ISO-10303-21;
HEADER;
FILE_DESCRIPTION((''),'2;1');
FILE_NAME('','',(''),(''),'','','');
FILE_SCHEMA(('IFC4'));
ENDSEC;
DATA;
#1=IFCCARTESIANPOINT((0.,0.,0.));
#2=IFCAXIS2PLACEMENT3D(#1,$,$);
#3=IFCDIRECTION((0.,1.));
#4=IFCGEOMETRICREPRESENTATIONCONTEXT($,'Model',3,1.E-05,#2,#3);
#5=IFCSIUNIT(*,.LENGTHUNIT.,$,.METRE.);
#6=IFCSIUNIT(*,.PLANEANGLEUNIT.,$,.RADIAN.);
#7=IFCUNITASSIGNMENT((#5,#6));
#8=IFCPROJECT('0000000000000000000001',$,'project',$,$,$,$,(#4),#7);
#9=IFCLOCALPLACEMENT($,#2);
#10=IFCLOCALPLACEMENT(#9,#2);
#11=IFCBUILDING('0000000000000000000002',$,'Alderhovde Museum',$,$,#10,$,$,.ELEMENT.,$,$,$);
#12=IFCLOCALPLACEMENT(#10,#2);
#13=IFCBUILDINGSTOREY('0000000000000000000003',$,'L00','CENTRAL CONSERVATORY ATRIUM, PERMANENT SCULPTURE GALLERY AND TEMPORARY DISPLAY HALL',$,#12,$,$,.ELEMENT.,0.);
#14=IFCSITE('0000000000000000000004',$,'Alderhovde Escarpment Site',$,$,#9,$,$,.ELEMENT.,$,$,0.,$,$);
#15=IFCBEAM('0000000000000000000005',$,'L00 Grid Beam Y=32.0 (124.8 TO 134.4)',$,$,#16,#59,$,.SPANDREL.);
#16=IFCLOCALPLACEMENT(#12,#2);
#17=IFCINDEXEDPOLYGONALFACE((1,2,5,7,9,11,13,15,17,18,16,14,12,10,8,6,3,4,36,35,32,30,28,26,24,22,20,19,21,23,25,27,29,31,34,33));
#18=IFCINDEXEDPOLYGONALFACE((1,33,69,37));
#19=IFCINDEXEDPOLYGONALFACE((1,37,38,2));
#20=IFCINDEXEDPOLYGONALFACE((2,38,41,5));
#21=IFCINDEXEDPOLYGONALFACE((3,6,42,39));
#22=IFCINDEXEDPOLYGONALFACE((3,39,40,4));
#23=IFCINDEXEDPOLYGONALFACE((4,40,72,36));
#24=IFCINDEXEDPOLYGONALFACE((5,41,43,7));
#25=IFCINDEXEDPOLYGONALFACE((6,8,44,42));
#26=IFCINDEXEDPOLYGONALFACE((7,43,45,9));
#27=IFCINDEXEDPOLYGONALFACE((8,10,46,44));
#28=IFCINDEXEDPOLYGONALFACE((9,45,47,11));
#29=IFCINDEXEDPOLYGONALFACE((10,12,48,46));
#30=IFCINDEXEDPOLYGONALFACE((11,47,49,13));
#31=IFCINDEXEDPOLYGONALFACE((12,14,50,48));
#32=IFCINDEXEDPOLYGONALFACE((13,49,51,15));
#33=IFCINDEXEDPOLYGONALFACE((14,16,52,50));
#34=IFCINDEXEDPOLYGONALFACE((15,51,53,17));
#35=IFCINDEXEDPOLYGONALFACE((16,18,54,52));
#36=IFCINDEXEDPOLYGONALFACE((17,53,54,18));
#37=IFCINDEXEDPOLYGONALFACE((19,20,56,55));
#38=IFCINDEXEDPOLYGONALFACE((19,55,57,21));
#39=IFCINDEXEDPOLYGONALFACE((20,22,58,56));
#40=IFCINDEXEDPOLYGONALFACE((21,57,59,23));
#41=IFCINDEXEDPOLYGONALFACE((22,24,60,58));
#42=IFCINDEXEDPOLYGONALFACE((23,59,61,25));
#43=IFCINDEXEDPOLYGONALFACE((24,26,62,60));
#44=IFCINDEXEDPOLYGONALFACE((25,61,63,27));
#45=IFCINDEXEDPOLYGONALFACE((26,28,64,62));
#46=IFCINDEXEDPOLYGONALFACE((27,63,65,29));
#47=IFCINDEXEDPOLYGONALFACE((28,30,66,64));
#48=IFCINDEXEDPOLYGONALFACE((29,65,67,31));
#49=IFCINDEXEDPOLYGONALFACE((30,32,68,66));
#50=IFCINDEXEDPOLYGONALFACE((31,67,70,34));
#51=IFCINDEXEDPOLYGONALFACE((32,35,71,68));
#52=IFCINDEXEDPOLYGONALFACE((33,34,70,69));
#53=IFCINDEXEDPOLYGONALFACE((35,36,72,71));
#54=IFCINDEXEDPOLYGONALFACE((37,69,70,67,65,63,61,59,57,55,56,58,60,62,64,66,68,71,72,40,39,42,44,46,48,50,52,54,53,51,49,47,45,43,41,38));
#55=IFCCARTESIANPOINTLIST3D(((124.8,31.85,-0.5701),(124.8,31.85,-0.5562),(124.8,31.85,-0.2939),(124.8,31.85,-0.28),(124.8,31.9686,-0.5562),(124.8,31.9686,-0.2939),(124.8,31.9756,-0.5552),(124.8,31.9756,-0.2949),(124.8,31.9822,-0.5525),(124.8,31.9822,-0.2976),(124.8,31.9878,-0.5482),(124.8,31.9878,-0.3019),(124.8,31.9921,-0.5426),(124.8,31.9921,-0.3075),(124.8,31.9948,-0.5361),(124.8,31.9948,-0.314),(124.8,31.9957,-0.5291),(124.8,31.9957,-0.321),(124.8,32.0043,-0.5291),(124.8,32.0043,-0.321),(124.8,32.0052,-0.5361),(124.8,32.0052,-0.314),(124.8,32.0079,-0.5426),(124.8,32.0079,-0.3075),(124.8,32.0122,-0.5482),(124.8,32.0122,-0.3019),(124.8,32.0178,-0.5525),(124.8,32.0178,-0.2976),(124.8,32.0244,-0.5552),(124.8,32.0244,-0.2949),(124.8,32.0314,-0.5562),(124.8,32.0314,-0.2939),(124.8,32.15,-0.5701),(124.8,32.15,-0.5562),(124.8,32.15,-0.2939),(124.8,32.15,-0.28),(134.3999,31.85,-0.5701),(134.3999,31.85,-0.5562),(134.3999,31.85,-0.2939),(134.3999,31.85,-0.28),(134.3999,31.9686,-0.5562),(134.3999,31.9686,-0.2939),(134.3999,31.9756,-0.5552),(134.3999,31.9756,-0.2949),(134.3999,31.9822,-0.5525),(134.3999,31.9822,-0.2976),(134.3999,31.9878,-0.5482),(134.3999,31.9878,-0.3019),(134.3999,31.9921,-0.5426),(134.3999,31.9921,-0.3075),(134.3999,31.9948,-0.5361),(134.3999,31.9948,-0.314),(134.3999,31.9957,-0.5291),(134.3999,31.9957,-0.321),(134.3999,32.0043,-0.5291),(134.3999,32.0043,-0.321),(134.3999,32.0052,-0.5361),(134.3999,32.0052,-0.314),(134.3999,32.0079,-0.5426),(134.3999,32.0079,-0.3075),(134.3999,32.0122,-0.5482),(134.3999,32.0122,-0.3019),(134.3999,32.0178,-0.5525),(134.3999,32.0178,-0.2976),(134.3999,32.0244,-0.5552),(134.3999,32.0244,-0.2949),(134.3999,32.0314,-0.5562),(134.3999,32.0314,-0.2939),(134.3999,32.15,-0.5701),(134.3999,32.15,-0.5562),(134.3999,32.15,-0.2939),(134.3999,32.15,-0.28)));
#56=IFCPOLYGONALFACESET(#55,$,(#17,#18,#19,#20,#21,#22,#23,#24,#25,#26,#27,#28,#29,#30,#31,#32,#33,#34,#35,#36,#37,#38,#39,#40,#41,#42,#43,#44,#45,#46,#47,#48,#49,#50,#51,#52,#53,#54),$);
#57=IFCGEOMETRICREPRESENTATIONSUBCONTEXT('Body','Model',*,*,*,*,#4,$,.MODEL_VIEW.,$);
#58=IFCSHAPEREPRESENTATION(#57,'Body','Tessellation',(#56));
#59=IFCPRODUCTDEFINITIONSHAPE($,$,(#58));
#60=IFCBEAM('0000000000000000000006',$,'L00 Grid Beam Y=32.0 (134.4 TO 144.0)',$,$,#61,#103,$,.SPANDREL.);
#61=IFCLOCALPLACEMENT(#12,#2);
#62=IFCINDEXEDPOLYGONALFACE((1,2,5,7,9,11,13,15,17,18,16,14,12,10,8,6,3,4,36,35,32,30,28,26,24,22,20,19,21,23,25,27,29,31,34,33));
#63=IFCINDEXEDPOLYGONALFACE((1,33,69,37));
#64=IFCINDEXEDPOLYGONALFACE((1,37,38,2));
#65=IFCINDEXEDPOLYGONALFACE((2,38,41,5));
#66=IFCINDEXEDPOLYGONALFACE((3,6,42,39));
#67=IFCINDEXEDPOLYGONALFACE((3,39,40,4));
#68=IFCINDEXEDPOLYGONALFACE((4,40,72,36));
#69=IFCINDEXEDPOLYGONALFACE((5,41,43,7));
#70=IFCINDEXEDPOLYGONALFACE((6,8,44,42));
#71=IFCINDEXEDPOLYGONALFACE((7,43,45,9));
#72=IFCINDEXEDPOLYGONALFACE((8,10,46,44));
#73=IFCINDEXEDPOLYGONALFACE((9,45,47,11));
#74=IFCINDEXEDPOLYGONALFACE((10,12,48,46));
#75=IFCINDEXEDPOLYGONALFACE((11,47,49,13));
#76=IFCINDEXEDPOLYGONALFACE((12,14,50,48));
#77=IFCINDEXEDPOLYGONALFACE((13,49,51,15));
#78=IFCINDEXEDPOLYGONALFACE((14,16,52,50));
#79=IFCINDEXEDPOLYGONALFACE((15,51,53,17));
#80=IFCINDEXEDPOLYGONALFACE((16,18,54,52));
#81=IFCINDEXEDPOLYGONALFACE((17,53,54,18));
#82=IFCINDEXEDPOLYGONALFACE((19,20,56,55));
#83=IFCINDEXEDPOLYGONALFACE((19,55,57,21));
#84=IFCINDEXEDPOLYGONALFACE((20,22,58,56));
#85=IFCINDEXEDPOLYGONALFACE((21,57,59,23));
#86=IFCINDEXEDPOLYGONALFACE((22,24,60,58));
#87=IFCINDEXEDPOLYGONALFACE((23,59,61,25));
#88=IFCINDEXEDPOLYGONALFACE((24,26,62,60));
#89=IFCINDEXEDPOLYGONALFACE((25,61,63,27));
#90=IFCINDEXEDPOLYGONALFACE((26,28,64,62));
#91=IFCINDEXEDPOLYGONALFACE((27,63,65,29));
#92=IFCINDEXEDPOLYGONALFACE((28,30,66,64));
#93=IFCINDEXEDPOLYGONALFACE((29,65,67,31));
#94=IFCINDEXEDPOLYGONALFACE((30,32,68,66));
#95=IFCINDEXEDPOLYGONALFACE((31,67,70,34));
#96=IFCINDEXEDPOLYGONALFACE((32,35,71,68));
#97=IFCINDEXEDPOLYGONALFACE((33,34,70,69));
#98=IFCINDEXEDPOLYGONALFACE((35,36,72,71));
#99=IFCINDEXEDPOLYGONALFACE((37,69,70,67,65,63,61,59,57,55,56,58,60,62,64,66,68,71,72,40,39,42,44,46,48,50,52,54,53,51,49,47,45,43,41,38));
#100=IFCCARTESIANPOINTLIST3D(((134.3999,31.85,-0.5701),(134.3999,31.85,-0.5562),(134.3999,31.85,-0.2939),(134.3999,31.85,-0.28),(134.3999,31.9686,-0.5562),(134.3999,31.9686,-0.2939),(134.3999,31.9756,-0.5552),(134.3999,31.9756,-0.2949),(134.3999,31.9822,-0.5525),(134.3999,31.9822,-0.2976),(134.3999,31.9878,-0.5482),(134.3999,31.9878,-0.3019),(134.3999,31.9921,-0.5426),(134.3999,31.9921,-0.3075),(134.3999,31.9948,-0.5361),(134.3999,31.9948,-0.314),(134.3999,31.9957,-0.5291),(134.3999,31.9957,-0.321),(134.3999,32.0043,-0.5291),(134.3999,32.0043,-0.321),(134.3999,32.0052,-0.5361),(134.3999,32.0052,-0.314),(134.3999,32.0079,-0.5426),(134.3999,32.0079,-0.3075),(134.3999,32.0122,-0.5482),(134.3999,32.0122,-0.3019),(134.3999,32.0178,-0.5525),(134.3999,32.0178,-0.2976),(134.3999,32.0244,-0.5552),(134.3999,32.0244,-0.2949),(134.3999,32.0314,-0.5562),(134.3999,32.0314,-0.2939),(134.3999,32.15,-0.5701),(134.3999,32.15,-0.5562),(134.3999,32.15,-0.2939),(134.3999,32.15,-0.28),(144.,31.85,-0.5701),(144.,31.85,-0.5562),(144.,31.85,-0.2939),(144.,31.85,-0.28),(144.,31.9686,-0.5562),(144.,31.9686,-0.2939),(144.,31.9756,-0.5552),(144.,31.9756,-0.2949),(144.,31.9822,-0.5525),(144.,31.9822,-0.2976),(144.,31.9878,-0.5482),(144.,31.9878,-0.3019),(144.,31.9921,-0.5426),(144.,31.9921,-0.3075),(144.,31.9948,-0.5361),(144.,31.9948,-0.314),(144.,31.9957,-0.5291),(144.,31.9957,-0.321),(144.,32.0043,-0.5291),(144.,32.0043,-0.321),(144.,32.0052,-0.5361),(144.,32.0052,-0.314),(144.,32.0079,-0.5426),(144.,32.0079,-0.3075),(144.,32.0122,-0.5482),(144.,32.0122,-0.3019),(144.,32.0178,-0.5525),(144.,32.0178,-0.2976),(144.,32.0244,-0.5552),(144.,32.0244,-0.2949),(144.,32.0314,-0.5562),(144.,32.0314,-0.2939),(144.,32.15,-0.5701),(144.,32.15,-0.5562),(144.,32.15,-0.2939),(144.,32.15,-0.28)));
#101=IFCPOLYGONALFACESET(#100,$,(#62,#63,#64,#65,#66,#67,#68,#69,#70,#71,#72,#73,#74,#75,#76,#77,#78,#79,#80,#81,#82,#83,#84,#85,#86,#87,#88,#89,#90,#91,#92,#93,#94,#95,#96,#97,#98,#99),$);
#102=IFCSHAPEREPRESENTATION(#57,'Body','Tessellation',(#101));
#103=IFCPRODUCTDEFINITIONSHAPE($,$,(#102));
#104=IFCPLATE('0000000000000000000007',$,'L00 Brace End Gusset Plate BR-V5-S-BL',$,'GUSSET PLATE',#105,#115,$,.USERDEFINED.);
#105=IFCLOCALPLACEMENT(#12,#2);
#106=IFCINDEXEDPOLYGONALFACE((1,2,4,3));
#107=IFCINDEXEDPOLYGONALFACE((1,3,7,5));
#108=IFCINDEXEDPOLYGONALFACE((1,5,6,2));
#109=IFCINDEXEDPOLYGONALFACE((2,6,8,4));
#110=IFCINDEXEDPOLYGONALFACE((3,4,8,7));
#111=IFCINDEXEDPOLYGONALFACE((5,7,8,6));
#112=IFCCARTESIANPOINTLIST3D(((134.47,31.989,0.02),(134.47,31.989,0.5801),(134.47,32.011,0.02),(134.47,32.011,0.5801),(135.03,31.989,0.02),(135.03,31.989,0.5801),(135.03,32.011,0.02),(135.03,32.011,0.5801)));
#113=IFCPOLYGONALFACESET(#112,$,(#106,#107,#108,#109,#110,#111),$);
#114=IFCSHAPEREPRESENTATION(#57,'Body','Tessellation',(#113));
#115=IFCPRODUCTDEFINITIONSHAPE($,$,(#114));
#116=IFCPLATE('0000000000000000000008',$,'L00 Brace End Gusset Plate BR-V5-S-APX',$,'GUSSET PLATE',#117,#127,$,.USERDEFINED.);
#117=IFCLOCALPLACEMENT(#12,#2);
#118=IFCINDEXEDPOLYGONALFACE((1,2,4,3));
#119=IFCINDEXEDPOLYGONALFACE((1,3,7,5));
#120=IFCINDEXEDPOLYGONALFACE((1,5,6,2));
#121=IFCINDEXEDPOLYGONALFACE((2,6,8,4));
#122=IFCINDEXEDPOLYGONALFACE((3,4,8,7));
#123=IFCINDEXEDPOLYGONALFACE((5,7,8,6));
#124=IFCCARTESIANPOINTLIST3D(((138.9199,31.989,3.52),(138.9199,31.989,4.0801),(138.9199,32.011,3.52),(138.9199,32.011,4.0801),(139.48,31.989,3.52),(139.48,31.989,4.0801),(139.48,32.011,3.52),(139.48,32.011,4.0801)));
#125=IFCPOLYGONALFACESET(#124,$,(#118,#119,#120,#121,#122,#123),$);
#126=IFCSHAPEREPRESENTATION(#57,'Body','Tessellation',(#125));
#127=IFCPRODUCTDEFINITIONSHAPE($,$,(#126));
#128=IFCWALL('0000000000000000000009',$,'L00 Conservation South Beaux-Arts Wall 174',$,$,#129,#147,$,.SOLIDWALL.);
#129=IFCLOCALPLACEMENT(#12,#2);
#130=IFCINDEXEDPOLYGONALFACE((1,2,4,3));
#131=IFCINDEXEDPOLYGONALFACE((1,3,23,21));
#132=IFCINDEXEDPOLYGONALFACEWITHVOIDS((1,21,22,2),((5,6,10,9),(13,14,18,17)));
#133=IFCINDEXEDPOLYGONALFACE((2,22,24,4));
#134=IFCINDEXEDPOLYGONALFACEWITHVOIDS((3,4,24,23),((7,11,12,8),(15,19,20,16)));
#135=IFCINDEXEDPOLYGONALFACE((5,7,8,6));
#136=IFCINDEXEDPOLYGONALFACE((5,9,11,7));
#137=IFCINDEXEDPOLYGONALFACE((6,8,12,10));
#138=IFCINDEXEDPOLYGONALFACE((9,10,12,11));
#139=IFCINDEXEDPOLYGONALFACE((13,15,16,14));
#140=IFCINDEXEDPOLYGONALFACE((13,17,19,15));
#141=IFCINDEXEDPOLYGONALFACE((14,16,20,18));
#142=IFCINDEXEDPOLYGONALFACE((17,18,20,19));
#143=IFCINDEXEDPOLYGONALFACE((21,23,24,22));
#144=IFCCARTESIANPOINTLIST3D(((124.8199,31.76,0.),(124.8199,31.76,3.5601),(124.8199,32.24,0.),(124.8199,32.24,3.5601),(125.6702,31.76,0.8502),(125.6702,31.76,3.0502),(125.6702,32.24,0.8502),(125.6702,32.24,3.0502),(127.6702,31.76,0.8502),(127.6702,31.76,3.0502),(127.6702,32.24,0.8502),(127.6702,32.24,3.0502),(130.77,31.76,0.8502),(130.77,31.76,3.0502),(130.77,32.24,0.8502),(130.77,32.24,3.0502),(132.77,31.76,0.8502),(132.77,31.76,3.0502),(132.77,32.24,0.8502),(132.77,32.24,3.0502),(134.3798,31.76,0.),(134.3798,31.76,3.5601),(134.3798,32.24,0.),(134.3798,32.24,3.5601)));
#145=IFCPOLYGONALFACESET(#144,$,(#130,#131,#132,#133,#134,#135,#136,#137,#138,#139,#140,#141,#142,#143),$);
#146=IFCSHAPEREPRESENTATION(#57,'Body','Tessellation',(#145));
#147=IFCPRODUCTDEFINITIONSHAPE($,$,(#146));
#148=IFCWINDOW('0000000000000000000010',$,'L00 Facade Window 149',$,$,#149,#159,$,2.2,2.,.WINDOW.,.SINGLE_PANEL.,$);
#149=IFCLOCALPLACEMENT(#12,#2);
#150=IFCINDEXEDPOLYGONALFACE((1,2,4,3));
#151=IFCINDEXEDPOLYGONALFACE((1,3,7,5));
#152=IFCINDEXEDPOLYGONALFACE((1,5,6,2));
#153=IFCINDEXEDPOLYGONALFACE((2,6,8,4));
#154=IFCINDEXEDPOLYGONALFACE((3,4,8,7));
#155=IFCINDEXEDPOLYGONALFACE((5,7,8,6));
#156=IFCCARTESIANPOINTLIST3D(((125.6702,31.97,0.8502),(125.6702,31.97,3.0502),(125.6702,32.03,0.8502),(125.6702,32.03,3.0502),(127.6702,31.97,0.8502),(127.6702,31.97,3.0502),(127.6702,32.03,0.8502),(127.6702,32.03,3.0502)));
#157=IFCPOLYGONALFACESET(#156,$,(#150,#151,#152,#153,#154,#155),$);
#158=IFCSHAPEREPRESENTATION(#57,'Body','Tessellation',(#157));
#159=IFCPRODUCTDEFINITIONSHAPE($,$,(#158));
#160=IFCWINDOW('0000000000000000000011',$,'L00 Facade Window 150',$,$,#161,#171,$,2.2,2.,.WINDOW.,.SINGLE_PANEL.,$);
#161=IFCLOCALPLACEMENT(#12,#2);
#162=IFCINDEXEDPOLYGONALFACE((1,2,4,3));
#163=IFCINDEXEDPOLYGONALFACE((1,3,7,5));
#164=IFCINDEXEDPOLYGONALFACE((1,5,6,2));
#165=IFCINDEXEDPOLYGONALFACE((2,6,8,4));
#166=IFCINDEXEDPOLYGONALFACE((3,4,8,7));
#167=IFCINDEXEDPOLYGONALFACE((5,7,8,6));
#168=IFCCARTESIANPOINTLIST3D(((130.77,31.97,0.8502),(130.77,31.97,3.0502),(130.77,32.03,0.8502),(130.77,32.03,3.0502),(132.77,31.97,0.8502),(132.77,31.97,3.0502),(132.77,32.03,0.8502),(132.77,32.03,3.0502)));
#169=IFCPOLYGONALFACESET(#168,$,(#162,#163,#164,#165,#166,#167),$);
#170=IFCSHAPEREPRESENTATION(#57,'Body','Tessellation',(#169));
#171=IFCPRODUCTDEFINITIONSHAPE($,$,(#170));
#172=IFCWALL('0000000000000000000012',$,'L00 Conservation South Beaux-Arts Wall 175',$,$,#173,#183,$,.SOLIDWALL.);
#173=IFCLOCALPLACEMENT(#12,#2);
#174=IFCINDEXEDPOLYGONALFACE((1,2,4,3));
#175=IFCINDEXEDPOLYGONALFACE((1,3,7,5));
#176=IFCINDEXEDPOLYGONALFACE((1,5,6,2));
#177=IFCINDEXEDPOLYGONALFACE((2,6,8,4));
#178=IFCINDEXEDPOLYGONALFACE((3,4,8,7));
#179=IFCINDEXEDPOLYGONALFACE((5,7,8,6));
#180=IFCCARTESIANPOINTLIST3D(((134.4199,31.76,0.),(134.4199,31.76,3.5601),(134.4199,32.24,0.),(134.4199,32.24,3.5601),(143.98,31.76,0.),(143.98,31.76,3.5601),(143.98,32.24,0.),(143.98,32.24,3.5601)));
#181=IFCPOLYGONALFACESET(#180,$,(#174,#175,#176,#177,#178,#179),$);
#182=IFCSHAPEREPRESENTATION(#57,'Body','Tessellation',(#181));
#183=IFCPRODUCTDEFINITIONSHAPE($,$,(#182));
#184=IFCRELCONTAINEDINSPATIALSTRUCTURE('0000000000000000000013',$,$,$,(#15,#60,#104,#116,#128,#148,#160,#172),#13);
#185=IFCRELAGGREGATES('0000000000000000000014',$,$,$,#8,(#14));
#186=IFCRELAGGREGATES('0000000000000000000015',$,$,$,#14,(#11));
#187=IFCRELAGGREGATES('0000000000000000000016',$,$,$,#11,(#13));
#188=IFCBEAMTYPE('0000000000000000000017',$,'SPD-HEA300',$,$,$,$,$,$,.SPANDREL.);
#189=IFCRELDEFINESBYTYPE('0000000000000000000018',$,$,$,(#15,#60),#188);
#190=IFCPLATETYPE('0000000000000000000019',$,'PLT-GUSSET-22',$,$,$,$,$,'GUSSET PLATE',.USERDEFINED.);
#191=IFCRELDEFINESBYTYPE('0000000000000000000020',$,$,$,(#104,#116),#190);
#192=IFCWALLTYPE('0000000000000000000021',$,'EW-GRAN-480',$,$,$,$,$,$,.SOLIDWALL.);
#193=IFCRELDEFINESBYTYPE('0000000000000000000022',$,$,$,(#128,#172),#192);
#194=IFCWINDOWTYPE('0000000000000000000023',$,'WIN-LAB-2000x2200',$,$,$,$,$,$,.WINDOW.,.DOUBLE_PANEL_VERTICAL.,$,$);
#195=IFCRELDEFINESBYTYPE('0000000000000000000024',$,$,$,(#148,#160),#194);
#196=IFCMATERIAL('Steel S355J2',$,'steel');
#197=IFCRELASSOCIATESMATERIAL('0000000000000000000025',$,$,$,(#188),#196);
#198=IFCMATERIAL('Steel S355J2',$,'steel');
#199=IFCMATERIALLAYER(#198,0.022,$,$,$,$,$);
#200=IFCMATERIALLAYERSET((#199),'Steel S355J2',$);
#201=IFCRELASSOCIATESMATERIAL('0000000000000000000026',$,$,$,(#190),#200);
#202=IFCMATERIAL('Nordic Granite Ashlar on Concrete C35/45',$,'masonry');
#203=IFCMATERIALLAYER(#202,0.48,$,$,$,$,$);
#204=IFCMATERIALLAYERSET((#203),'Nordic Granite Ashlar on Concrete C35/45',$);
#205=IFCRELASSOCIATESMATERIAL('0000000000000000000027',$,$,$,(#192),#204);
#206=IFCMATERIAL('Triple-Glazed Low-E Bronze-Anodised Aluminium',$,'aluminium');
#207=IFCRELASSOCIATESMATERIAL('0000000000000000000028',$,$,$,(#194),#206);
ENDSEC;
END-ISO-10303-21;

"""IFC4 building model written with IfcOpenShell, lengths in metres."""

from ifc_helpers import new_model, si_unit, direction, frame, frame_2d, origin, origin_2d, place, context, subcontext, project, spatial, rectangle, i_section, extrude, material, layer, layer_set, material_profile, profile_set, type_object, element, fill, save


model = new_model("IFC4")

# Units and contexts
model_context = context("Model", 3, precision=1e-05, world=origin(), true_north=direction((0.0, 1.0)))
body_context = subcontext(model_context, "Body", "Model", "MODEL_VIEW")
ifc_project = project(units=[si_unit("LENGTHUNIT", "METRE"), si_unit("PLANEANGLEUNIT", "RADIAN")], contexts=[model_context])

# Site, building, storey
site_placement = place(None, origin())
site = spatial("IfcSite", under=ifc_project, at=site_placement, Name="Alderhovde Escarpment Site", CompositionType="ELEMENT", RefElevation=0.0)
building_placement = place(site_placement, origin())
building = spatial("IfcBuilding", under=site, at=building_placement, Name="Alderhovde Museum", CompositionType="ELEMENT")
storey_placement = place(building_placement, origin())
storey = spatial("IfcBuildingStorey", under=building, at=storey_placement, Name="L00", Description="CENTRAL CONSERVATORY ATRIUM, PERMANENT SCULPTURE GALLERY AND TEMPORARY DISPLAY HALL", CompositionType="ELEMENT", Elevation=0.0)

# Beams
ifc_material_1 = material(Name="Steel S355J2", Category="steel")
ifc_material_profile_1 = material_profile(ifc_material_1, i_section(OverallWidth=0.3, OverallDepth=0.29, WebThickness=0.0085, FlangeThickness=0.0139, FilletRadius=0.0271, at=origin_2d()), Name="HEA 300")
ifc_profile_set_1 = profile_set([ifc_material_profile_1], Name="Steel S355J2")
beam_type_1 = type_object("IfcBeamType", Name="SPD-HEA300", PredefinedType="SPANDREL", material=ifc_profile_set_1)
beam_1_placement = place(storey_placement, frame((124.8, 32.0, -0.425), z_axis=(1.0, 0.0, 0.0), x_axis=(0.0, 1.0, 0.0)))
element("IfcBeam", 1, at=beam_1_placement, inside=storey, type_object=beam_type_1, Name="L00 Grid Beam Y=32.0 (124.8 TO 134.4)", PredefinedType="SPANDREL", context=body_context, shape_type="SweptSolid", body=[
    extrude(i_section(OverallWidth=0.3, OverallDepth=0.29, WebThickness=0.0085, FlangeThickness=0.0139, FilletRadius=0.0271, at=origin_2d()), origin(), (0.0, 0.0, 1.0), 9.5999),
])
beam_2_placement = place(storey_placement, frame((134.3999, 32.0, -0.425), z_axis=(1.0, 0.0, 0.0), x_axis=(0.0, 1.0, 0.0)))
element("IfcBeam", 2, at=beam_2_placement, inside=storey, type_object=beam_type_1, Name="L00 Grid Beam Y=32.0 (134.4 TO 144.0)", PredefinedType="SPANDREL", context=body_context, shape_type="SweptSolid", body=[
    extrude(i_section(OverallWidth=0.3, OverallDepth=0.29, WebThickness=0.0085, FlangeThickness=0.0139, FilletRadius=0.0271, at=origin_2d()), origin(), (0.0, 0.0, 1.0), 9.6001),
])

# Plates
ifc_material_2 = material(Name="Steel S355J2", Category="steel")
ifc_layer_1 = layer(ifc_material_2, 0.022)
ifc_layer_set_1 = layer_set([ifc_layer_1], Name="Steel S355J2")
plate_type = type_object("IfcPlateType", Name="PLT-GUSSET-22", ElementType="GUSSET PLATE", PredefinedType="USERDEFINED", material=ifc_layer_set_1)
for number, where, z_axis, x_axis, name in (
    (3, (134.75, 32.0, 0.02), (0.0, 0.0, 1.0), (1.0, 0.0, 0.0), "L00 Brace End Gusset Plate BR-V5-S-BL"),
    (4, (139.2, 32.0, 3.52), (0.0, 0.0, 1.0), (1.0, 0.0, 0.0), "L00 Brace End Gusset Plate BR-V5-S-APX"),
):
    element("IfcPlate", number, at=place(storey_placement, frame(where, z_axis=z_axis, x_axis=x_axis)), inside=storey, type_object=plate_type, Name=name, ObjectType="GUSSET PLATE", PredefinedType="USERDEFINED", context=body_context, shape_type="SweptSolid", body=[
        extrude(rectangle(XDim=0.5601, YDim=0.022, at=origin_2d()), origin(), (0.0, 0.0, 1.0), 0.5601),
    ])

# Wall, openings, windows
ifc_material_3 = material(Name="Nordic Granite Ashlar on Concrete C35/45", Category="masonry")
ifc_layer_2 = layer(ifc_material_3, 0.48)
ifc_layer_set_2 = layer_set([ifc_layer_2], Name="Nordic Granite Ashlar on Concrete C35/45")
wall_type = type_object("IfcWallType", Name="EW-GRAN-480", PredefinedType="SOLIDWALL", material=ifc_layer_set_2)
wall_1_placement = place(storey_placement, frame((124.8201, 32.0, 0.0), z_axis=(0.0, 0.0, 1.0), x_axis=(1.0, 0.0, 0.0)))
wall_1 = element("IfcWall", 5, at=wall_1_placement, inside=storey, type_object=wall_type, Name="L00 Conservation South Beaux-Arts Wall 174", PredefinedType="SOLIDWALL", context=body_context, shape_type="SweptSolid", body=[
    extrude(rectangle(XDim=9.5598, YDim=0.48, at=frame_2d((4.7798, 0.0))), origin(), (0.0, 0.0, 1.0), 3.5601),
])
opening_1_placement = place(wall_1_placement, frame((0.8501, 0.0, 0.8501)))
opening_1 = element("IfcOpeningElement", 6, at=opening_1_placement, cuts=wall_1, PredefinedType="OPENING", context=body_context, shape_type="SweptSolid", body=[
    extrude(rectangle(XDim=2.0, YDim=2.2, at=frame_2d((1.0, 1.1001))), frame((0.0, 0.25, 0.0), z_axis=(0.0, -1.0, 0.0), x_axis=(1.0, 0.0, 0.0)), (0.0, 0.0, 1.0), 0.5),
])
opening_2_placement = place(wall_1_placement, frame((5.95, 0.0, 0.8501)))
opening_2 = element("IfcOpeningElement", 7, at=opening_2_placement, cuts=wall_1, PredefinedType="OPENING", context=body_context, shape_type="SweptSolid", body=[
    extrude(rectangle(XDim=2.0, YDim=2.2, at=frame_2d((1.0, 1.1001))), frame((0.0, 0.25, 0.0), z_axis=(0.0, -1.0, 0.0), x_axis=(1.0, 0.0, 0.0)), (0.0, 0.0, 1.0), 0.5),
])
ifc_material_4 = material(Name="Triple-Glazed Low-E Bronze-Anodised Aluminium", Category="aluminium")
window_type = type_object("IfcWindowType", Name="WIN-LAB-2000x2200", PartitioningType="DOUBLE_PANEL_VERTICAL", PredefinedType="WINDOW", material=ifc_material_4)
window_1_placement = place(opening_1_placement, origin())
window_1 = element("IfcWindow", 8, at=window_1_placement, inside=storey, type_object=window_type, Name="L00 Facade Window 149", OverallHeight=2.2, OverallWidth=2.0, PartitioningType="SINGLE_PANEL", PredefinedType="WINDOW", context=body_context, shape_type="SweptSolid", body=[
    extrude(rectangle(XDim=2.0, YDim=2.2, at=frame_2d((1.0, 1.1001))), frame((0.0, 0.03, 0.0), z_axis=(0.0, -1.0, 0.0), x_axis=(1.0, 0.0, 0.0)), (0.0, 0.0, 1.0), 0.0601),
])
fill(opening_1, window_1)
window_2_placement = place(opening_2_placement, origin())
window_2 = element("IfcWindow", 9, at=window_2_placement, inside=storey, type_object=window_type, Name="L00 Facade Window 150", OverallHeight=2.2, OverallWidth=2.0, PartitioningType="SINGLE_PANEL", PredefinedType="WINDOW", context=body_context, shape_type="SweptSolid", body=[
    extrude(rectangle(XDim=2.0, YDim=2.2, at=frame_2d((1.0, 1.1001))), frame((0.0, 0.03, 0.0), z_axis=(0.0, -1.0, 0.0), x_axis=(1.0, 0.0, 0.0)), (0.0, 0.0, 1.0), 0.0601),
])
fill(opening_2, window_2)

# Wall
wall_2_placement = place(storey_placement, frame((134.4199, 32.0, 0.0), z_axis=(0.0, 0.0, 1.0), x_axis=(1.0, 0.0, 0.0)))
element("IfcWall", 10, at=wall_2_placement, inside=storey, type_object=wall_type, Name="L00 Conservation South Beaux-Arts Wall 175", PredefinedType="SOLIDWALL", context=body_context, shape_type="SweptSolid", body=[
    extrude(rectangle(XDim=9.5601, YDim=0.48, at=frame_2d((4.78, 0.0))), origin(), (0.0, 0.0, 1.0), 3.5601),
])

save(model, "model.ifc")
